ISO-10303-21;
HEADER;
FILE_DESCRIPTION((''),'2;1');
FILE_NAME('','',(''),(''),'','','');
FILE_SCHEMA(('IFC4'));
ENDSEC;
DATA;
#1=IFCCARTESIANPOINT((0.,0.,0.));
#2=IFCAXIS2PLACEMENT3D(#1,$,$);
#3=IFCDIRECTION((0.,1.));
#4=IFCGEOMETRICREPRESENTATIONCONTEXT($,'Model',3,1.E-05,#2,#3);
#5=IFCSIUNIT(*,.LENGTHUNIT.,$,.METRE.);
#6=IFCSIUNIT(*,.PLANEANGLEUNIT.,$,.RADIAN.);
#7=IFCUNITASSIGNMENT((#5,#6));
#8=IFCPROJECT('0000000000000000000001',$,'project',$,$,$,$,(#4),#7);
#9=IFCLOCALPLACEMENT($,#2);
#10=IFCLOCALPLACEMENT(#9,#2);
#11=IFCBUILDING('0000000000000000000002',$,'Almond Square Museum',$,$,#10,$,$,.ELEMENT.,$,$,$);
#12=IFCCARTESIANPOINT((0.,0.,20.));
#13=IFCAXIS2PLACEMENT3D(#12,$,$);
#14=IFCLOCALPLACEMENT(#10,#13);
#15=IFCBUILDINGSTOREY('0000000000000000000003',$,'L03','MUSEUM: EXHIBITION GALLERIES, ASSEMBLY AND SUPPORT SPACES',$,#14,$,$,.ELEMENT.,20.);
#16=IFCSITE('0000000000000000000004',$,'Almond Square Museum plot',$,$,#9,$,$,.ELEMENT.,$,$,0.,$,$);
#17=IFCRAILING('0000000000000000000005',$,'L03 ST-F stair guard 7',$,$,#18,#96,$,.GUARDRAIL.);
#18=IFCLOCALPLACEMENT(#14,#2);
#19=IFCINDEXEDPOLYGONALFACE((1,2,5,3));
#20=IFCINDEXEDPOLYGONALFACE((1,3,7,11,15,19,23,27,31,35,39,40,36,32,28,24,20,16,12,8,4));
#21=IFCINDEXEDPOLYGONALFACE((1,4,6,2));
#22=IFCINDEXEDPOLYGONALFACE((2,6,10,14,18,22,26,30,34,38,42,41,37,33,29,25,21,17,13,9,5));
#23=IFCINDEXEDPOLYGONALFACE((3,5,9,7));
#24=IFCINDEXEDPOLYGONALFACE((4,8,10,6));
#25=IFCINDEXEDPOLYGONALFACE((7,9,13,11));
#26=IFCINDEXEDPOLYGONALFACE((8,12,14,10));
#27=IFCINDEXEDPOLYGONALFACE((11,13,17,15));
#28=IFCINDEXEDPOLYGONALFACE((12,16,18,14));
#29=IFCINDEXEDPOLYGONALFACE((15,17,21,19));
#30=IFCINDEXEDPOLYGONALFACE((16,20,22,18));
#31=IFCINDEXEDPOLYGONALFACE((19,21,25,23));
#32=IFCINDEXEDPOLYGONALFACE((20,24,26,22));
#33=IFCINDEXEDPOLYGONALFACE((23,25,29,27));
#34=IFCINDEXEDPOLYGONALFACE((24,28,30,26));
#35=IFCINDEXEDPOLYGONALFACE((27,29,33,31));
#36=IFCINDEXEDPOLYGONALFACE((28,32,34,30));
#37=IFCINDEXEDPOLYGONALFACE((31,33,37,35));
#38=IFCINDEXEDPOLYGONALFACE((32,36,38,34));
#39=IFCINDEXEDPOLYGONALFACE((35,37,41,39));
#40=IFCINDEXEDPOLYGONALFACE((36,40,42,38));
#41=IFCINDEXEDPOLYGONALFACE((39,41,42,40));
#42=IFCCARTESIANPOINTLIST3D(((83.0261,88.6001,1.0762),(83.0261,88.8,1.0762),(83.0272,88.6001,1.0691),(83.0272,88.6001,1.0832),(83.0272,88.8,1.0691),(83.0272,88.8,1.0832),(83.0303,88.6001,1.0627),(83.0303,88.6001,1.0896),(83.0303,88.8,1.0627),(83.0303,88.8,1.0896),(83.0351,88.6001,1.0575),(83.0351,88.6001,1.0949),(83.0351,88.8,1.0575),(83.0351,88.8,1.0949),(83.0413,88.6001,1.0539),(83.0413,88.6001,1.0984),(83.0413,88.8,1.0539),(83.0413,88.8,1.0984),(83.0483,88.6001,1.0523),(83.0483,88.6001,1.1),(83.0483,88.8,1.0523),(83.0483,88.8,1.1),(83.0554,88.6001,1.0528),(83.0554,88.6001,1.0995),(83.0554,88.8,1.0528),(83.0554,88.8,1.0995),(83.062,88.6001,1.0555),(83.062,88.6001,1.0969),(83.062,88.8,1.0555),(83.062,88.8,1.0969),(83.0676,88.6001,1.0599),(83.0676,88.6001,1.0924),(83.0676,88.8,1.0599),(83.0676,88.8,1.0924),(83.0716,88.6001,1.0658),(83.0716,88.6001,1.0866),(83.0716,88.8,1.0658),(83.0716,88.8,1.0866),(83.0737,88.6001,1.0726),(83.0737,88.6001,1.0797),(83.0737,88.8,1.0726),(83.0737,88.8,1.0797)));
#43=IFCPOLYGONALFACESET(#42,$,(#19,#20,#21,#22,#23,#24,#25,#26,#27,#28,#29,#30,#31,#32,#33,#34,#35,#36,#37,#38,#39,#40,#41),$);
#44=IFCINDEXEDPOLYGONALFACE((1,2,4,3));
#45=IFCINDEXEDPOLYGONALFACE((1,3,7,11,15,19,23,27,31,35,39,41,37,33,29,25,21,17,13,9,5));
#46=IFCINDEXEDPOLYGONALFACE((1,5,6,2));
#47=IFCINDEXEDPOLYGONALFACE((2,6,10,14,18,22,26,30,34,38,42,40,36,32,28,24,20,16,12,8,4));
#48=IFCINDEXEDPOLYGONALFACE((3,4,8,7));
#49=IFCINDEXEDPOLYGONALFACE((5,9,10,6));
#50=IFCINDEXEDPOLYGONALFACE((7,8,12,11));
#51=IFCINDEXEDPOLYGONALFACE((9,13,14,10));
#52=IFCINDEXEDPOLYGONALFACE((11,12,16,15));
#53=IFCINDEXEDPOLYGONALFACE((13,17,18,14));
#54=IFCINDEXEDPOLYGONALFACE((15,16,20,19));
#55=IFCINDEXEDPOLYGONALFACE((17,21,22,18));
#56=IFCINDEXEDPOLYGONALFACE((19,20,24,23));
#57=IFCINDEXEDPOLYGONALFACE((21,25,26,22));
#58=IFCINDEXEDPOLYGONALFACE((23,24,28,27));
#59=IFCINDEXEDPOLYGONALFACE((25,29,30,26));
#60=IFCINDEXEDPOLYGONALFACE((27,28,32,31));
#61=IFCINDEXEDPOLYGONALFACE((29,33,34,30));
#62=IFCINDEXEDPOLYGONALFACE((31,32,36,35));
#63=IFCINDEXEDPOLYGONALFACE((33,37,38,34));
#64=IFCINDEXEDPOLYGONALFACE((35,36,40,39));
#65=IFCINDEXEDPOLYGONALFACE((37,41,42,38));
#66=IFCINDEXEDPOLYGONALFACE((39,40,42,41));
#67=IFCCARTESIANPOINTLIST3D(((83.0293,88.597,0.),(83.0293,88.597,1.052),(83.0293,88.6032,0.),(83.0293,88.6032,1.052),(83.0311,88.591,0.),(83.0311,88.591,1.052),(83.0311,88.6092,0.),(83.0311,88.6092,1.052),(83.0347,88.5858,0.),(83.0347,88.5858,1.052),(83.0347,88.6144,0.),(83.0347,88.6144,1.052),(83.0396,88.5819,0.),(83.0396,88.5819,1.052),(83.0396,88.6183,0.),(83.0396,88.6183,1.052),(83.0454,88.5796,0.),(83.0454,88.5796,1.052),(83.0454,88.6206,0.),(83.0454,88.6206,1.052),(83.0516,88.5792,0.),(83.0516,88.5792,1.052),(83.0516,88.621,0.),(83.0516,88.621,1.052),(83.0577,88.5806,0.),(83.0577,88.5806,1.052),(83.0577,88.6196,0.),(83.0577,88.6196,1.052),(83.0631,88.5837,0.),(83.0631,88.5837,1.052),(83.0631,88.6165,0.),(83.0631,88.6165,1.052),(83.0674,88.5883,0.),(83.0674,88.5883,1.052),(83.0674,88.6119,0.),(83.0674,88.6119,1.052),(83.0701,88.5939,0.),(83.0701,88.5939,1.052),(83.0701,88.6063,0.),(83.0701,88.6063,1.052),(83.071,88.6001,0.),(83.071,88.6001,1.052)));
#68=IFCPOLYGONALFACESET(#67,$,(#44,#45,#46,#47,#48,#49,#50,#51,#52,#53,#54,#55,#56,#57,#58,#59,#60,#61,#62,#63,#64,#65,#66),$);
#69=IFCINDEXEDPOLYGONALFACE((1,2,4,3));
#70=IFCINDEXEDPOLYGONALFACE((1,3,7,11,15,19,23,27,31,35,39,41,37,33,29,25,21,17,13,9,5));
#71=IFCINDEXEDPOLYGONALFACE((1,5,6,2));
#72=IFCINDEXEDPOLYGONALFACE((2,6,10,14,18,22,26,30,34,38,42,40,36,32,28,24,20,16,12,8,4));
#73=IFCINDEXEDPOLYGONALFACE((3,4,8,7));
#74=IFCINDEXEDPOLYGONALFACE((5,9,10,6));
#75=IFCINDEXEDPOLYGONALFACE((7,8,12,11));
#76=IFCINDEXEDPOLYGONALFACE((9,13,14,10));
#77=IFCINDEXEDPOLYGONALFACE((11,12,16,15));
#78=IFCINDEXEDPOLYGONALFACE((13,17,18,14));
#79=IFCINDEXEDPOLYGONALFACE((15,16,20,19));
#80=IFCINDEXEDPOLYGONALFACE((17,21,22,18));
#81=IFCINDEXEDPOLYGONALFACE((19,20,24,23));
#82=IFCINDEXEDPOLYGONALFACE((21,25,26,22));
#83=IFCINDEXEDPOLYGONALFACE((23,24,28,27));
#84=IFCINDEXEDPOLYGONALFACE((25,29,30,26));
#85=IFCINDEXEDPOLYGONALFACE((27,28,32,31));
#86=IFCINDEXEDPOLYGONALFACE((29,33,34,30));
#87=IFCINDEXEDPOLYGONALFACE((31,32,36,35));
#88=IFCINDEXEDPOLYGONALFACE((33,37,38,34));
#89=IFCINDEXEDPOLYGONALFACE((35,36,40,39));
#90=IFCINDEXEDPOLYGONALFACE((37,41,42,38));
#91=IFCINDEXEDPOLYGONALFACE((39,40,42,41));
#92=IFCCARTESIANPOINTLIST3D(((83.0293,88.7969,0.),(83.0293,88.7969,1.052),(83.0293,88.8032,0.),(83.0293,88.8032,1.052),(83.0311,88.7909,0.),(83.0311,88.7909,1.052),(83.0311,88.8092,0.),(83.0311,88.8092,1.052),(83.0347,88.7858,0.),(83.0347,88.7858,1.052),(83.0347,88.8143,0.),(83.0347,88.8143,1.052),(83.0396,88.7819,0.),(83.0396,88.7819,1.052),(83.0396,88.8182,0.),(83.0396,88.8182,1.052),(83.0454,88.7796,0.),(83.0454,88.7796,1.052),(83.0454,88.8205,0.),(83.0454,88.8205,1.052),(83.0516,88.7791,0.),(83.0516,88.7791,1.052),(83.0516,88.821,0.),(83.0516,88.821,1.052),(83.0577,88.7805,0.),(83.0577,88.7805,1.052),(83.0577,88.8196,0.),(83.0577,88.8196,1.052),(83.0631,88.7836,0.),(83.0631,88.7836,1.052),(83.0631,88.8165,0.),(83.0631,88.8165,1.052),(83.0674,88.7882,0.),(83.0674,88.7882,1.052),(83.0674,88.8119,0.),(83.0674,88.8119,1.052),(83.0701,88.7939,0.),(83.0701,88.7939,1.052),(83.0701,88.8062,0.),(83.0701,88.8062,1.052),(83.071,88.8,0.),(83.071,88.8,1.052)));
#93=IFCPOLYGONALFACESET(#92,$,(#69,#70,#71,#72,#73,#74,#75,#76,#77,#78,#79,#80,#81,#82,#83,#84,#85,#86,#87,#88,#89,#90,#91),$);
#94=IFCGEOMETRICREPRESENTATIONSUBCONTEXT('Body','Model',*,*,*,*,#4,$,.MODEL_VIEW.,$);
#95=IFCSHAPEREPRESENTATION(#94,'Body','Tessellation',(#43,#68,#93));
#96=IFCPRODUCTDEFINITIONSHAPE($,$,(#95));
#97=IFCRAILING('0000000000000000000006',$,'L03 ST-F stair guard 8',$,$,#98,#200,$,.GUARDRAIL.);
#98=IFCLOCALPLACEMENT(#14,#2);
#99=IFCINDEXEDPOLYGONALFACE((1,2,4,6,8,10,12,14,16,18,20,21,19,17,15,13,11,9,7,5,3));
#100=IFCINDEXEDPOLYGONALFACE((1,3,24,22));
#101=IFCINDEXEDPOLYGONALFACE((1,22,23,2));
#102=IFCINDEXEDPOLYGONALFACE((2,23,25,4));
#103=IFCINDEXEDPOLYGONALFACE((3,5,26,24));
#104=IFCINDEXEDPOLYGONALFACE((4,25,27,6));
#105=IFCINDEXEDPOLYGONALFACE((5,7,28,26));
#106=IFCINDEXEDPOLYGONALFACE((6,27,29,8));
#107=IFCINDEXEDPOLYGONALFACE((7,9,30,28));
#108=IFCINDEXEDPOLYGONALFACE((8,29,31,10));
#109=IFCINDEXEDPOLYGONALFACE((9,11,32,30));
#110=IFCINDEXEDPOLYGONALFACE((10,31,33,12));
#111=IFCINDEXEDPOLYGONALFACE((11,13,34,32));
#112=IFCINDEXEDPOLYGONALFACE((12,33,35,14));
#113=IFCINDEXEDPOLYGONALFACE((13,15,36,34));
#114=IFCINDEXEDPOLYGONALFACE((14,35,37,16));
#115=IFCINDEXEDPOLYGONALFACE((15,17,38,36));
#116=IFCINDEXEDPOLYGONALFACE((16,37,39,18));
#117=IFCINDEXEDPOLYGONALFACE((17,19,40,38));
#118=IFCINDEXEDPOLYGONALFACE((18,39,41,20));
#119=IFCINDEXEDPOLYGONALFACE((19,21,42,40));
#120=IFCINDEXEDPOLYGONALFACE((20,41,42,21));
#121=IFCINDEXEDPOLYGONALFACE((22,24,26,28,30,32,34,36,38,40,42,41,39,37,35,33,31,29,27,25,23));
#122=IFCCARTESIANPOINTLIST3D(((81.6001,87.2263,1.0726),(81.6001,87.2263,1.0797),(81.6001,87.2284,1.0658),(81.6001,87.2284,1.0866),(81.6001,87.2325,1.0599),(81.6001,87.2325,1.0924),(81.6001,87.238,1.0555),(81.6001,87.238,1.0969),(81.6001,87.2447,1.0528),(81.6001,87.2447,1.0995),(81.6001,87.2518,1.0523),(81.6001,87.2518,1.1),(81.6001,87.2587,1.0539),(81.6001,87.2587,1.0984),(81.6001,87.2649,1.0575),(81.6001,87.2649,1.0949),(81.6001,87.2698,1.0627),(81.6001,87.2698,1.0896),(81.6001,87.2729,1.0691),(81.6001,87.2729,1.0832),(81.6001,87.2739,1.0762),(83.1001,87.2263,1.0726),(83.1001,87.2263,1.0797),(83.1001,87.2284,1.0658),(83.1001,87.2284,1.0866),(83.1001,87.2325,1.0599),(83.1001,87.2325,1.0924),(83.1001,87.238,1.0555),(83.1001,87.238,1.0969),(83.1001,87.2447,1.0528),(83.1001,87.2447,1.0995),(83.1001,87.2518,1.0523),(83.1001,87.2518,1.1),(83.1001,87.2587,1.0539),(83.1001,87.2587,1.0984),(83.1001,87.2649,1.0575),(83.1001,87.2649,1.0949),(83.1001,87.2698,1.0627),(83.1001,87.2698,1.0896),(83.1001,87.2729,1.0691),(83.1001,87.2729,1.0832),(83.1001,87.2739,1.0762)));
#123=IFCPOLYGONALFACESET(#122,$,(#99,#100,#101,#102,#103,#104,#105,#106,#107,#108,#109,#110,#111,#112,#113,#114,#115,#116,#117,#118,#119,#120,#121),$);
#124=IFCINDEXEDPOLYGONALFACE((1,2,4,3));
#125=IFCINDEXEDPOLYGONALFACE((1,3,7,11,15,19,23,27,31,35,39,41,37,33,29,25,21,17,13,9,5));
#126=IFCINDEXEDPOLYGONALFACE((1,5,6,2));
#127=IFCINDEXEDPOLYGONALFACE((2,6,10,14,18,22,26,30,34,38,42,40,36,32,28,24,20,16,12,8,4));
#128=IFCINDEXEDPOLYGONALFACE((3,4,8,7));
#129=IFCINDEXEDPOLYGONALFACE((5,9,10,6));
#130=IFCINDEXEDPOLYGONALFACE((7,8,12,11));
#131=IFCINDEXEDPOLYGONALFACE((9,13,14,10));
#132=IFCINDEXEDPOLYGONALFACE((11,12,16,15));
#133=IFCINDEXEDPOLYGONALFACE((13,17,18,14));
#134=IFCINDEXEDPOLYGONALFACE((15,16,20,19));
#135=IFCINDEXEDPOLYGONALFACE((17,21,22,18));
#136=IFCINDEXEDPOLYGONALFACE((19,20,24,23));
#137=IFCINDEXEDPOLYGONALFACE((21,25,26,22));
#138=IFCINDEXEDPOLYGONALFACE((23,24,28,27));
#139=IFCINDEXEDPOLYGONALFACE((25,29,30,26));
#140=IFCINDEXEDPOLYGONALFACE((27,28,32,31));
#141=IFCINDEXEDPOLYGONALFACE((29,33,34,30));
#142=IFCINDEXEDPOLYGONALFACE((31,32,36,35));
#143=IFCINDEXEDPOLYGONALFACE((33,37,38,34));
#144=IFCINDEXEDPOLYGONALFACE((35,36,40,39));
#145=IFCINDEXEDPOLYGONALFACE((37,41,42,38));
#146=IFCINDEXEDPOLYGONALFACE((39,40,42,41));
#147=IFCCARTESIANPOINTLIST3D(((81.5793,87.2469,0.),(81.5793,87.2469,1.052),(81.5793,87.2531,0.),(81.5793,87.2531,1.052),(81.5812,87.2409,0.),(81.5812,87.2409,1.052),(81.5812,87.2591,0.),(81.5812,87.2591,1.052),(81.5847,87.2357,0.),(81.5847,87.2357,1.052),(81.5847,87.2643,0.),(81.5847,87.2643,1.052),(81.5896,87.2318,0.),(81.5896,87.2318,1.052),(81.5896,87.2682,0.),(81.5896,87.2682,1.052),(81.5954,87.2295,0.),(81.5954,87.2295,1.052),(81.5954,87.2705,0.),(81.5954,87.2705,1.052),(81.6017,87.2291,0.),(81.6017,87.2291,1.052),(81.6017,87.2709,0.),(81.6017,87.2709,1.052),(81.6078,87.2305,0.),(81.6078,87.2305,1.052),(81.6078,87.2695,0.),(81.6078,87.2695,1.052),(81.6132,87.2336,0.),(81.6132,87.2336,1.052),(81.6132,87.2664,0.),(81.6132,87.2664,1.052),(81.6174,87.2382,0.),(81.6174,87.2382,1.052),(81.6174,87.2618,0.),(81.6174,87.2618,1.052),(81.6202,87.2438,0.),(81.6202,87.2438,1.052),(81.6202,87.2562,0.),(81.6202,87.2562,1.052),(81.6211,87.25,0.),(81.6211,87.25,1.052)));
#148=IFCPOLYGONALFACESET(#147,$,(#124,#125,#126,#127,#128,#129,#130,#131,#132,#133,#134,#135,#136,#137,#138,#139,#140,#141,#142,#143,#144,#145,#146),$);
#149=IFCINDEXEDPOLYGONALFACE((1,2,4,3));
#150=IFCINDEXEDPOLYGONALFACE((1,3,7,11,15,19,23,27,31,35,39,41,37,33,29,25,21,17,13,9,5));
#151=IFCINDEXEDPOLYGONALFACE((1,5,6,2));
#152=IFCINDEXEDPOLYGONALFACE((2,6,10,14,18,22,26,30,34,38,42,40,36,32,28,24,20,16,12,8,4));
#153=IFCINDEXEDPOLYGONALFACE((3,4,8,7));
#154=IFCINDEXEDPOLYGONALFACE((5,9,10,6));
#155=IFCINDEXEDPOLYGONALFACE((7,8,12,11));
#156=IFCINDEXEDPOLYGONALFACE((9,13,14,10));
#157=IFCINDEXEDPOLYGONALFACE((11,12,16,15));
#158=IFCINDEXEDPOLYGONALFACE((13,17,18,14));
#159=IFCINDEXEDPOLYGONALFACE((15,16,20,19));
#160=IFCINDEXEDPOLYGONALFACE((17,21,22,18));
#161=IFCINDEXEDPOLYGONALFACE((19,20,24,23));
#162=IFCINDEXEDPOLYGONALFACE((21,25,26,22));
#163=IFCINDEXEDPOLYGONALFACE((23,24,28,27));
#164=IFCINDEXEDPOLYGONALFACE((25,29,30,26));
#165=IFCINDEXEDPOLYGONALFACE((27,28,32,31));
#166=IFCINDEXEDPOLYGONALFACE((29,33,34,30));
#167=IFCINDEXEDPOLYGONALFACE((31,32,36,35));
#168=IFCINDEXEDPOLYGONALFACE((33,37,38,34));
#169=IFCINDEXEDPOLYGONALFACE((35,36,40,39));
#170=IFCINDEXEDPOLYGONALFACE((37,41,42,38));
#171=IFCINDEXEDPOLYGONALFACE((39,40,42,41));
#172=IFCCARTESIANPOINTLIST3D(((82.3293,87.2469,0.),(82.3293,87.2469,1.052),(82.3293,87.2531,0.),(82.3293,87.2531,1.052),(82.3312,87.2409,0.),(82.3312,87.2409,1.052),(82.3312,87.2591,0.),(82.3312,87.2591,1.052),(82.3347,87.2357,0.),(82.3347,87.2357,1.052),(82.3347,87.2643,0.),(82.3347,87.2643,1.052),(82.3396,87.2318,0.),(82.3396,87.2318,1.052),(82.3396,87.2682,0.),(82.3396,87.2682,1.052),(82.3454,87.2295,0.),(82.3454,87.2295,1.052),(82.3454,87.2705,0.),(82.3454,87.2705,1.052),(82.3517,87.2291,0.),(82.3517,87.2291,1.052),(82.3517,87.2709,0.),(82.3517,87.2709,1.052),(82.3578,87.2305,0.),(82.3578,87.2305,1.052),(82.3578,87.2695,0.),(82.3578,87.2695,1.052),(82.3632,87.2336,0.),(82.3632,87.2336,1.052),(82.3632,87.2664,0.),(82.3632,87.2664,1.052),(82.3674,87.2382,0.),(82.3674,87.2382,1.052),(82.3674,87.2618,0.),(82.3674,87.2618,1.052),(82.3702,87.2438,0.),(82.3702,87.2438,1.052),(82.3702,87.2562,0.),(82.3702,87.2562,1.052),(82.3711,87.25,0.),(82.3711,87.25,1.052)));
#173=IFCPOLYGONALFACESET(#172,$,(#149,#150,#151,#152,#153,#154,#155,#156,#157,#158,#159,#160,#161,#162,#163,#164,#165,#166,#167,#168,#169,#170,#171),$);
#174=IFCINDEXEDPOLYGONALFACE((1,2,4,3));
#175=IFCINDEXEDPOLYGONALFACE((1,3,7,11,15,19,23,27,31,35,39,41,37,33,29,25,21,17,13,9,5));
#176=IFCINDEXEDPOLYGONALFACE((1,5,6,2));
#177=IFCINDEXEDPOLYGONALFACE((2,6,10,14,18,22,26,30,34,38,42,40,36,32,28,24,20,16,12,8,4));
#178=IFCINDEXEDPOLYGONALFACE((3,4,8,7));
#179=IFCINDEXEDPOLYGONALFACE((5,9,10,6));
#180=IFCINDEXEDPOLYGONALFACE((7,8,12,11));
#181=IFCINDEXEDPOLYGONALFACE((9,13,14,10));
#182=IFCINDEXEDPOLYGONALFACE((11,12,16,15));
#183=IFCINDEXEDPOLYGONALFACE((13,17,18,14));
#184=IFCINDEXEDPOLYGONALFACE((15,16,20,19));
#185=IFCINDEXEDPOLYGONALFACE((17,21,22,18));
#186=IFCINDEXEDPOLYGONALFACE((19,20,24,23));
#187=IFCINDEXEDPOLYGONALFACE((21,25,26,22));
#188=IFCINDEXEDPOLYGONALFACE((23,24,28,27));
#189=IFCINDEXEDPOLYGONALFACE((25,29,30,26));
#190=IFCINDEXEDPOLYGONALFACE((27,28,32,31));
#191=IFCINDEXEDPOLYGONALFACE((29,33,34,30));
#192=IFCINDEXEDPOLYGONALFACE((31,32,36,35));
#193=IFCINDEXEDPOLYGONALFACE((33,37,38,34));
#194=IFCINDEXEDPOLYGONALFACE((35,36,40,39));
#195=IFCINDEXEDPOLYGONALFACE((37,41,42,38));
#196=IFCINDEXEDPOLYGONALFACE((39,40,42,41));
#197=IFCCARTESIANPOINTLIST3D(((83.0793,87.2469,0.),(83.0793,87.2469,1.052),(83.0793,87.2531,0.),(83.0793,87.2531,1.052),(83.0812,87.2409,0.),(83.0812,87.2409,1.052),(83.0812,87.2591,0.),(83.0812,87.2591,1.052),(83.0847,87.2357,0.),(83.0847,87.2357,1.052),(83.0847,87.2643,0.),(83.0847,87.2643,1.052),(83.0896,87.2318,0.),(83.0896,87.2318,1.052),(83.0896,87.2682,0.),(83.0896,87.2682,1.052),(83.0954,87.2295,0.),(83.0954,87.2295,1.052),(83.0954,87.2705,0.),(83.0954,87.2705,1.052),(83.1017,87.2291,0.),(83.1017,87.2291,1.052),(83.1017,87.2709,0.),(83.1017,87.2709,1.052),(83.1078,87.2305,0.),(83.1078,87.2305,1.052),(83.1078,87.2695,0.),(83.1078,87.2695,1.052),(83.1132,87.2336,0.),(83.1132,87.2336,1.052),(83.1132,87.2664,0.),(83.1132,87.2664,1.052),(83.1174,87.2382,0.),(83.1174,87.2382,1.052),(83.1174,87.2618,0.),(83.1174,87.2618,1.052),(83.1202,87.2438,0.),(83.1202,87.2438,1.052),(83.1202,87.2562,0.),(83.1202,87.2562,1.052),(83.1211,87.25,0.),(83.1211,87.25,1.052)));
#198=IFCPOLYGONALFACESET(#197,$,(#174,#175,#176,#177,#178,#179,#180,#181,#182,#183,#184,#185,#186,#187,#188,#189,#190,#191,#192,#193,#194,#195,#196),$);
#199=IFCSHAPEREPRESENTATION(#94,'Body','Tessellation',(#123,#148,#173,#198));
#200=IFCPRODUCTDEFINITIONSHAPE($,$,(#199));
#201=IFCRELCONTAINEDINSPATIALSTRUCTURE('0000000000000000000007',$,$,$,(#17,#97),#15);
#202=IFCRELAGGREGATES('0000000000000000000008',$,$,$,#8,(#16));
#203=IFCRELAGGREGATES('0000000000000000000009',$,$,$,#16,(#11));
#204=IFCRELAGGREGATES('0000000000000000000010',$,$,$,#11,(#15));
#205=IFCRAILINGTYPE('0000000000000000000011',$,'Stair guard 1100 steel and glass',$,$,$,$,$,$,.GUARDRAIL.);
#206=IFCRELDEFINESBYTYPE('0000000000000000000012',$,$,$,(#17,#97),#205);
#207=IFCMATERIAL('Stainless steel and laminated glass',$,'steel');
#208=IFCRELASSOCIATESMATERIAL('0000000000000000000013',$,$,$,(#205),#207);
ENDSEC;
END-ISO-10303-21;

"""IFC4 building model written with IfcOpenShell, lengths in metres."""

from ifc_helpers import new_model, si_unit, direction, frame, origin, origin_2d, place, context, subcontext, project, spatial, circle, extrude, material, type_object, element, save


model = new_model("IFC4")

# Units and contexts
model_context = context("Model", 3, precision=1e-05, world=origin(), true_north=direction((0.0, 1.0)))
body_context = subcontext(model_context, "Body", "Model", "MODEL_VIEW")
ifc_project = project(units=[si_unit("LENGTHUNIT", "METRE"), si_unit("PLANEANGLEUNIT", "RADIAN")], contexts=[model_context])

# Site, building, storey
site_placement = place(None, origin())
site = spatial("IfcSite", under=ifc_project, at=site_placement, Name="Almond Square Museum plot", CompositionType="ELEMENT", RefElevation=0.0)
building_placement = place(site_placement, origin())
building = spatial("IfcBuilding", under=site, at=building_placement, Name="Almond Square Museum", CompositionType="ELEMENT")
storey_placement = place(building_placement, frame((0.0, 0.0, 20.0)))
storey = spatial("IfcBuildingStorey", under=building, at=storey_placement, Name="L03", Description="MUSEUM: EXHIBITION GALLERIES, ASSEMBLY AND SUPPORT SPACES", CompositionType="ELEMENT", Elevation=20.0)

# Railings
ifc_material_1 = material(Name="Stainless steel and laminated glass", Category="steel")
railing_type_1 = type_object("IfcRailingType", Name="Stair guard 1100 steel and glass", PredefinedType="GUARDRAIL", material=ifc_material_1)
railing_1_placement = place(storey_placement, frame((83.05, 88.6001, 0.0)))
element("IfcRailing", 1, at=railing_1_placement, inside=storey, type_object=railing_type_1, Name="L03 ST-F stair guard 7", PredefinedType="GUARDRAIL", context=body_context, shape_type="SweptSolid", body=[
    extrude(circle(Radius=0.0239, at=origin_2d()), frame((0.0, 0.0, 1.0762), z_axis=(0.0, 1.0, 0.0), x_axis=(-1.0, 0.0, 0.0)), (0.0, 0.0, 1.0), 0.2),
    extrude(circle(Radius=0.021, at=origin_2d()), origin(), (0.0, 0.0, 1.0), 1.052),
    extrude(circle(Radius=0.021, at=origin_2d()), frame((0.0, 0.2, 0.0)), (0.0, 0.0, 1.0), 1.052),
])
for number, where, name in (
    (2, (81.6001, 87.25, 0.0), "L03 ST-F stair guard 8"),
):
    element("IfcRailing", number, at=place(storey_placement, frame(where)), inside=storey, type_object=railing_type_1, Name=name, PredefinedType="GUARDRAIL", context=body_context, shape_type="SweptSolid", body=[
        extrude(circle(Radius=0.0239, at=origin_2d()), frame((0.0, 0.0, 1.0762), z_axis=(1.0, 0.0, 0.0), x_axis=(0.0, 1.0, 0.0)), (0.0, 0.0, 1.0), 1.5),
        extrude(circle(Radius=0.021, at=origin_2d()), origin(), (0.0, 0.0, 1.0), 1.052),
        extrude(circle(Radius=0.021, at=origin_2d()), frame((0.75, 0.0, 0.0)), (0.0, 0.0, 1.0), 1.052),
        extrude(circle(Radius=0.021, at=origin_2d()), frame((1.5, 0.0, 0.0)), (0.0, 0.0, 1.0), 1.052),
    ])

save(model, "model.ifc")
